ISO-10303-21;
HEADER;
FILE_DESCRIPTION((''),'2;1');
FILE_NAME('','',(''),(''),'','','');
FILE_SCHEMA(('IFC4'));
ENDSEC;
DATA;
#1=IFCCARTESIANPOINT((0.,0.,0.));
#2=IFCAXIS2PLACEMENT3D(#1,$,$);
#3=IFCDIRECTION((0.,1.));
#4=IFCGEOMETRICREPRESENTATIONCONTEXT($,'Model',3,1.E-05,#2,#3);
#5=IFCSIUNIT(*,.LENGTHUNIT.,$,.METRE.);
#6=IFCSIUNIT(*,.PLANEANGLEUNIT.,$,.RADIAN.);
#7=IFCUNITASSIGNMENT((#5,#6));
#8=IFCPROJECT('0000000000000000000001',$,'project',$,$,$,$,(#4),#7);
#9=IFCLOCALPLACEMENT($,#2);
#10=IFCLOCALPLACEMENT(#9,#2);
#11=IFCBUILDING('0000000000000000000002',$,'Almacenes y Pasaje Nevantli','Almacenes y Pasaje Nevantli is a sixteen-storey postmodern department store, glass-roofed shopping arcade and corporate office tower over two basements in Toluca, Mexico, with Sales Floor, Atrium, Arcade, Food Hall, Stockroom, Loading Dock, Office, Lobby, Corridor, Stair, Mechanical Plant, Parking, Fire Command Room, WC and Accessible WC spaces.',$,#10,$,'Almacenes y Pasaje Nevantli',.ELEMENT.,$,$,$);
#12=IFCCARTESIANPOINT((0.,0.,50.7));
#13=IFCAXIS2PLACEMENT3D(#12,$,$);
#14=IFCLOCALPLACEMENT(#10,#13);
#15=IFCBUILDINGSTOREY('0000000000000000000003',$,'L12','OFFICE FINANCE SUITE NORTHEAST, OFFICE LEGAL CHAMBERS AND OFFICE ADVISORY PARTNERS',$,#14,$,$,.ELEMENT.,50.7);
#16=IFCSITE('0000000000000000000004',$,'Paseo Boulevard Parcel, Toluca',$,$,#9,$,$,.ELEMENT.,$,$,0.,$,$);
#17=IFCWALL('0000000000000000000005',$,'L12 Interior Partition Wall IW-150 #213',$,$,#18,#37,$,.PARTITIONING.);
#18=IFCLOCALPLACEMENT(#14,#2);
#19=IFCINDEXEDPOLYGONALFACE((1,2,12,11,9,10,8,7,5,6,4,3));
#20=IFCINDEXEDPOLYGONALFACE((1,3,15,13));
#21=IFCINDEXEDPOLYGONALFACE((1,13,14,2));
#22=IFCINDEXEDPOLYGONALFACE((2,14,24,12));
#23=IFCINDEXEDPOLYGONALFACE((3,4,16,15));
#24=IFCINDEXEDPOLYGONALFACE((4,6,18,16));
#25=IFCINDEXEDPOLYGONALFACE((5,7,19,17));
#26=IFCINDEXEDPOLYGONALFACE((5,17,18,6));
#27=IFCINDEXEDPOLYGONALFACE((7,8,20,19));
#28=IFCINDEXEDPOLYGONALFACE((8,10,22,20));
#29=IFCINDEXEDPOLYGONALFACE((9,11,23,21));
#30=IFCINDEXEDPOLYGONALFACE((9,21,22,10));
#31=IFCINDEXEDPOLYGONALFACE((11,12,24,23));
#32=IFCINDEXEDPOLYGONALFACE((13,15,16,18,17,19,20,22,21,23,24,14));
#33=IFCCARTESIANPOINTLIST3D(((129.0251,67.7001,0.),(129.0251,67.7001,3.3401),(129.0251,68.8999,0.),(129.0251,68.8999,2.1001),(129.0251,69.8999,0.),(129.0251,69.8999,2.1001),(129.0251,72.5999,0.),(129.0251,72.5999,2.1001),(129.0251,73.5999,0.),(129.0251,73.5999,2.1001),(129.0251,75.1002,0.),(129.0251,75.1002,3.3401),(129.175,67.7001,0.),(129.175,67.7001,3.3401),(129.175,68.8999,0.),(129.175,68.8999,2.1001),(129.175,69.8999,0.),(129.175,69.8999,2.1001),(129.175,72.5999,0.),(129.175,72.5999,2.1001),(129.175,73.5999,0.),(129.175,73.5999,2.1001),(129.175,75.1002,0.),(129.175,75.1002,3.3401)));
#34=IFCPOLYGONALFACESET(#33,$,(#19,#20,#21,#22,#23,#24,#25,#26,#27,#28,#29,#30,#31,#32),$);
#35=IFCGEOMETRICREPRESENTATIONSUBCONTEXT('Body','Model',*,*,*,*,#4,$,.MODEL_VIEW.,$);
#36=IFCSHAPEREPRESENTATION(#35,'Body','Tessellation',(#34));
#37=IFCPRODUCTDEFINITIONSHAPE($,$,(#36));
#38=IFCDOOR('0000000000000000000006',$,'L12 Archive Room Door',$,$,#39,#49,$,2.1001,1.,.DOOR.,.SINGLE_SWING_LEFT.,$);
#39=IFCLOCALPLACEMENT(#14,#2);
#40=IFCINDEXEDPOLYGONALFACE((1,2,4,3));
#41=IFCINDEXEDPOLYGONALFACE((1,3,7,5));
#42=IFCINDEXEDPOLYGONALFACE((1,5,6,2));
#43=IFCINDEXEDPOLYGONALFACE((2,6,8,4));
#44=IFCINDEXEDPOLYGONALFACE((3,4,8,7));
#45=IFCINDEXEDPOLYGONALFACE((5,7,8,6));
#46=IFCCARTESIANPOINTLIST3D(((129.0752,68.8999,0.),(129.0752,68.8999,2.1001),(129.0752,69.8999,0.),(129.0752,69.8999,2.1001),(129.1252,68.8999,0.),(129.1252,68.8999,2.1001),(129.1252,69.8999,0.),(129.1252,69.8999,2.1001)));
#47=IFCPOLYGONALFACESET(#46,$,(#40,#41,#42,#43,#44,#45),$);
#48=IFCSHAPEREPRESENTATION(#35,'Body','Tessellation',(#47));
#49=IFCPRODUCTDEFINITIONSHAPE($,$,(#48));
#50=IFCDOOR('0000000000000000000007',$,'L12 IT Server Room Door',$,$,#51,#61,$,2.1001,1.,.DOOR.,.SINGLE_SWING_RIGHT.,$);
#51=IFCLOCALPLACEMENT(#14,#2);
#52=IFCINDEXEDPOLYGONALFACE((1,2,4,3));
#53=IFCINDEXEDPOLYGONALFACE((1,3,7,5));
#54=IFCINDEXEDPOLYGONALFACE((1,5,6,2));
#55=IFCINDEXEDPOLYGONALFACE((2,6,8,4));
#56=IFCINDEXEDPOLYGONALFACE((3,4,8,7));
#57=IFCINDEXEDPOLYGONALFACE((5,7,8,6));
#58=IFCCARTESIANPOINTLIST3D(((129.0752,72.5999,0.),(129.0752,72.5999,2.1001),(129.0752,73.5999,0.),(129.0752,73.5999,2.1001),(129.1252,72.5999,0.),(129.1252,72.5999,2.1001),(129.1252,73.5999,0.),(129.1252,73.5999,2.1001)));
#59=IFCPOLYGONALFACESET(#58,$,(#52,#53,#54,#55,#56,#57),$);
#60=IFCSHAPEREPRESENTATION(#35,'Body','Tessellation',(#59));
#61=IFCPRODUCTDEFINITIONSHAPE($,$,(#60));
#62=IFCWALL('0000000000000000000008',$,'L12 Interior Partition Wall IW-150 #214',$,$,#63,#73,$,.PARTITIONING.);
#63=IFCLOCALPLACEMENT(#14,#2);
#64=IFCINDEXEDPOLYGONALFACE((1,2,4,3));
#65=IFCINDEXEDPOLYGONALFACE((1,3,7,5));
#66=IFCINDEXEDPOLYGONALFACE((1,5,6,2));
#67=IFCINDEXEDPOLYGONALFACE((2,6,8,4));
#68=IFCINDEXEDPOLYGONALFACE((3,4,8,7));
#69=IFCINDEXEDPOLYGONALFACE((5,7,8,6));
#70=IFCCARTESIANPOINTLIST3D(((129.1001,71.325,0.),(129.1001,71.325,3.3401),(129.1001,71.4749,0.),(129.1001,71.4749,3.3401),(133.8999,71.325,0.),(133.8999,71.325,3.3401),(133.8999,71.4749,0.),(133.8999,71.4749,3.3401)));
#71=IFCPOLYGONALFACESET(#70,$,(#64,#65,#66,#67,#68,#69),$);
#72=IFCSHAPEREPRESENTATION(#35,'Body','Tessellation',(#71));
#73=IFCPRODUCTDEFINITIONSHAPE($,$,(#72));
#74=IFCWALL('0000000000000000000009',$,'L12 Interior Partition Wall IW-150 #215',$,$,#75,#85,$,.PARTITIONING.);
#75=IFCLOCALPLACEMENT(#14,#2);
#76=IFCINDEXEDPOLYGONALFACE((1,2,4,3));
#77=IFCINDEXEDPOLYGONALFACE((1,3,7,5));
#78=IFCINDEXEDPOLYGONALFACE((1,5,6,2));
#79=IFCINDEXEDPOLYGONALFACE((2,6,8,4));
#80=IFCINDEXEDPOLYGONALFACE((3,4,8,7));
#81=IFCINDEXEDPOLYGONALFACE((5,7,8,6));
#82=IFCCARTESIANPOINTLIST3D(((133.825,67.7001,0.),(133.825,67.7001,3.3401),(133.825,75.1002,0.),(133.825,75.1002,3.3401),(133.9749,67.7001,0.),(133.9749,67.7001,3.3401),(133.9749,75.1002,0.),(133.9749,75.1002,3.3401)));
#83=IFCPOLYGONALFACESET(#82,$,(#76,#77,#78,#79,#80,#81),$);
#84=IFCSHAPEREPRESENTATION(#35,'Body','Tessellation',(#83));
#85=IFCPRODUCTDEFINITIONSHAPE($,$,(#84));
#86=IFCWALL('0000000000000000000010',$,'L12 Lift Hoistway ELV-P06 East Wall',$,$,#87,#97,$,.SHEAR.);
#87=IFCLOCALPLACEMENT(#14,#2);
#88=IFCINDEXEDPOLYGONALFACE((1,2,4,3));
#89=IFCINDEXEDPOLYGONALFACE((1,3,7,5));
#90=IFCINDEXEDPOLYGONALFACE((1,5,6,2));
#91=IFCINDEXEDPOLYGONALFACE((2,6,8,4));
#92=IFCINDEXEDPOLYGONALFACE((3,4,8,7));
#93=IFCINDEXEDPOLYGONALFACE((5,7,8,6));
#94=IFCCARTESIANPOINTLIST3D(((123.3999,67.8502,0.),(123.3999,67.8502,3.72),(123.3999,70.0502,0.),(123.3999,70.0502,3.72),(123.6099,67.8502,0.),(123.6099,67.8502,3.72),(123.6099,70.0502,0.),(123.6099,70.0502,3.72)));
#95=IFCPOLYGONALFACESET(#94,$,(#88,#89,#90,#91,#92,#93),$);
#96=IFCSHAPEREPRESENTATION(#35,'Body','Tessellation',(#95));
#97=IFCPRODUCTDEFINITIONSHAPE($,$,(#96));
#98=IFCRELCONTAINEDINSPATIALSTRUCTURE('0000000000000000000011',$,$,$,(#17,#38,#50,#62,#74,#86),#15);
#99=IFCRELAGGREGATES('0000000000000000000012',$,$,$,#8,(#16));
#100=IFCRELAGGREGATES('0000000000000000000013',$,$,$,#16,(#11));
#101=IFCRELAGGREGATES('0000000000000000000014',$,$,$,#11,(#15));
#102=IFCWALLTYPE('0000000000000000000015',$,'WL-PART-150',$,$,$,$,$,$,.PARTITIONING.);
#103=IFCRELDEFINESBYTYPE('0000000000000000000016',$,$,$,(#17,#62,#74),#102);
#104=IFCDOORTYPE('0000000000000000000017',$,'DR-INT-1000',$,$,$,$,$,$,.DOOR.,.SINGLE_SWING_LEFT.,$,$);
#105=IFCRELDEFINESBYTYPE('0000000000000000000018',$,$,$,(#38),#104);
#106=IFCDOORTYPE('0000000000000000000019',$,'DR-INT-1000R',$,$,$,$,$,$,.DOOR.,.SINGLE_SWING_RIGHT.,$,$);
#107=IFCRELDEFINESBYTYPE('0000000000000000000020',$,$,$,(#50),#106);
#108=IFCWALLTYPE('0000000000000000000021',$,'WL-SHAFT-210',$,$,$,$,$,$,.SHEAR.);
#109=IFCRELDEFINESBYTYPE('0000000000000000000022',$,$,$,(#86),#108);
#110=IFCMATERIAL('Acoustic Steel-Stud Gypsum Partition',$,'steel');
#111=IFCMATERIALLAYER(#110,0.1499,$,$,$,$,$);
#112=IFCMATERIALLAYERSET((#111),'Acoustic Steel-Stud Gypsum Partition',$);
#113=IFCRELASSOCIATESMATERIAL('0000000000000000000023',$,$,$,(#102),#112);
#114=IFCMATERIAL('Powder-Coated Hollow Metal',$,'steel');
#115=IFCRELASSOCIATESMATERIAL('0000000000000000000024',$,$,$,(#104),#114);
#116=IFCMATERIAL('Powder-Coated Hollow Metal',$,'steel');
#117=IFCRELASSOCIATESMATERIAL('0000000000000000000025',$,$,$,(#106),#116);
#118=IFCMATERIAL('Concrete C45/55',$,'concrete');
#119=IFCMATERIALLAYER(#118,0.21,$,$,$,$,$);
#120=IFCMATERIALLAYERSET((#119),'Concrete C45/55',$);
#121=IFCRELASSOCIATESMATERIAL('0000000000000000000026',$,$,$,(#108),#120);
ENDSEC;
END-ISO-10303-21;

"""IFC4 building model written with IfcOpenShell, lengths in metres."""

from ifc_helpers import new_model, si_unit, direction, frame, frame_2d, origin, place, context, subcontext, project, spatial, rectangle, extrude, material, layer, layer_set, type_object, element, fill, save


model = new_model("IFC4")

# Units and contexts
model_context = context("Model", 3, precision=1e-05, world=origin(), true_north=direction((0.0, 1.0)))
body_context = subcontext(model_context, "Body", "Model", "MODEL_VIEW")
ifc_project = project(units=[si_unit("LENGTHUNIT", "METRE"), si_unit("PLANEANGLEUNIT", "RADIAN")], contexts=[model_context])

# Site, building, storey
site_placement = place(None, origin())
site = spatial("IfcSite", under=ifc_project, at=site_placement, Name="Paseo Boulevard Parcel, Toluca", CompositionType="ELEMENT", RefElevation=0.0)
building_placement = place(site_placement, origin())
building = spatial("IfcBuilding", under=site, at=building_placement, Name="Almacenes y Pasaje Nevantli", Description="Almacenes y Pasaje Nevantli is a sixteen-storey postmodern department store, glass-roofed shopping arcade and corporate office tower over two basements in Toluca, Mexico, with Sales Floor, Atrium, Arcade, Food Hall, Stockroom, Loading Dock, Office, Lobby, Corridor, Stair, Mechanical Plant, Parking, Fire Command Room, WC and Accessible WC spaces.", LongName="Almacenes y Pasaje Nevantli", CompositionType="ELEMENT")
storey_placement = place(building_placement, frame((0.0, 0.0, 50.7)))
storey = spatial("IfcBuildingStorey", under=building, at=storey_placement, Name="L12", Description="OFFICE FINANCE SUITE NORTHEAST, OFFICE LEGAL CHAMBERS AND OFFICE ADVISORY PARTNERS", CompositionType="ELEMENT", Elevation=50.7)

# Wall, openings, doors
ifc_material_1 = material(Name="Acoustic Steel-Stud Gypsum Partition", Category="steel")
ifc_layer_1 = layer(ifc_material_1, 0.1499)
ifc_layer_set_1 = layer_set([ifc_layer_1], Name="Acoustic Steel-Stud Gypsum Partition")
wall_type_1 = type_object("IfcWallType", Name="WL-PART-150", PredefinedType="PARTITIONING", material=ifc_layer_set_1)
wall_1_placement = place(storey_placement, frame((129.1001, 67.7, 0.0), z_axis=(0.0, 0.0, 1.0), x_axis=(0.0, 1.0, 0.0)))
wall_1 = element("IfcWall", 1, at=wall_1_placement, inside=storey, type_object=wall_type_1, Name="L12 Interior Partition Wall IW-150 #213", PredefinedType="PARTITIONING", context=body_context, shape_type="SweptSolid", body=[
    extrude(rectangle(XDim=7.4001, YDim=0.1499, at=frame_2d((3.7002, 0.0))), origin(), (0.0, 0.0, 1.0), 3.3401),
])
opening_1_placement = place(wall_1_placement, frame((1.2, 0.0, 0.0)))
opening_1 = element("IfcOpeningElement", 2, at=opening_1_placement, cuts=wall_1, PredefinedType="OPENING", context=body_context, shape_type="SweptSolid", body=[
    extrude(rectangle(XDim=1.0, YDim=2.1001, at=frame_2d((0.5, 1.05))), frame((0.0, 0.085, 0.0), z_axis=(0.0, -1.0, 0.0), x_axis=(1.0, 0.0, 0.0)), (0.0, 0.0, 1.0), 0.1699),
])
opening_2_placement = place(wall_1_placement, frame((4.8999, 0.0, 0.0)))
opening_2 = element("IfcOpeningElement", 3, at=opening_2_placement, cuts=wall_1, PredefinedType="OPENING", context=body_context, shape_type="SweptSolid", body=[
    extrude(rectangle(XDim=1.0, YDim=2.1001, at=frame_2d((0.5, 1.05))), frame((0.0, 0.085, 0.0), z_axis=(0.0, -1.0, 0.0), x_axis=(1.0, 0.0, 0.0)), (0.0, 0.0, 1.0), 0.1699),
])
ifc_material_2 = material(Name="Powder-Coated Hollow Metal", Category="steel")
door_type_1 = type_object("IfcDoorType", Name="DR-INT-1000", OperationType="SINGLE_SWING_LEFT", PredefinedType="DOOR", material=ifc_material_2)
door_1_placement = place(opening_1_placement, origin())
door_1 = element("IfcDoor", 4, at=door_1_placement, inside=storey, type_object=door_type_1, Name="L12 Archive Room Door", OperationType="SINGLE_SWING_LEFT", OverallHeight=2.1001, OverallWidth=1.0, PredefinedType="DOOR", context=body_context, shape_type="SweptSolid", body=[
    extrude(rectangle(XDim=1.0, YDim=2.1001, at=frame_2d((0.5, 1.05))), frame((0.0, 0.0249, 0.0), z_axis=(0.0, -1.0, 0.0), x_axis=(1.0, 0.0, 0.0)), (0.0, 0.0, 1.0), 0.05),
])
fill(opening_1, door_1)
ifc_material_3 = material(Name="Powder-Coated Hollow Metal", Category="steel")
door_type_2 = type_object("IfcDoorType", Name="DR-INT-1000R", OperationType="SINGLE_SWING_RIGHT", PredefinedType="DOOR", material=ifc_material_3)
door_2_placement = place(opening_2_placement, origin())
door_2 = element("IfcDoor", 5, at=door_2_placement, inside=storey, type_object=door_type_2, Name="L12 IT Server Room Door", OperationType="SINGLE_SWING_RIGHT", OverallHeight=2.1001, OverallWidth=1.0, PredefinedType="DOOR", context=body_context, shape_type="SweptSolid", body=[
    extrude(rectangle(XDim=1.0, YDim=2.1001, at=frame_2d((0.5, 1.05))), frame((0.0, 0.0249, 0.0), z_axis=(0.0, -1.0, 0.0), x_axis=(1.0, 0.0, 0.0)), (0.0, 0.0, 1.0), 0.05),
])
fill(opening_2, door_2)

# Walls
wall_2_placement = place(storey_placement, frame((129.1001, 71.3999, 0.0), z_axis=(0.0, 0.0, 1.0), x_axis=(1.0, 0.0, 0.0)))
element("IfcWall", 6, at=wall_2_placement, inside=storey, type_object=wall_type_1, Name="L12 Interior Partition Wall IW-150 #214", PredefinedType="PARTITIONING", context=body_context, shape_type="SweptSolid", body=[
    extrude(rectangle(XDim=4.7998, YDim=0.1499, at=frame_2d((2.3999, 0.0))), origin(), (0.0, 0.0, 1.0), 3.3401),
])
wall_3_placement = place(storey_placement, frame((133.8999, 67.7, 0.0), z_axis=(0.0, 0.0, 1.0), x_axis=(0.0, 1.0, 0.0)))
element("IfcWall", 7, at=wall_3_placement, inside=storey, type_object=wall_type_1, Name="L12 Interior Partition Wall IW-150 #215", PredefinedType="PARTITIONING", context=body_context, shape_type="SweptSolid", body=[
    extrude(rectangle(XDim=7.4001, YDim=0.1499, at=frame_2d((3.7002, 0.0))), origin(), (0.0, 0.0, 1.0), 3.3401),
])
ifc_material_4 = material(Name="Concrete C45/55", Category="concrete")
ifc_layer_2 = layer(ifc_material_4, 0.21)
ifc_layer_set_2 = layer_set([ifc_layer_2], Name="Concrete C45/55")
wall_type_2 = type_object("IfcWallType", Name="WL-SHAFT-210", PredefinedType="SHEAR", material=ifc_layer_set_2)
wall_4_placement = place(storey_placement, frame((123.5049, 67.8501, 0.0), z_axis=(0.0, 0.0, 1.0), x_axis=(0.0, 1.0, 0.0)))
element("IfcWall", 8, at=wall_4_placement, inside=storey, type_object=wall_type_2, Name="L12 Lift Hoistway ELV-P06 East Wall", PredefinedType="SHEAR", context=body_context, shape_type="SweptSolid", body=[
    extrude(rectangle(XDim=2.2, YDim=0.21, at=frame_2d((1.1001, 0.0))), origin(), (0.0, 0.0, 1.0), 3.72),
])

save(model, "model.ifc")
